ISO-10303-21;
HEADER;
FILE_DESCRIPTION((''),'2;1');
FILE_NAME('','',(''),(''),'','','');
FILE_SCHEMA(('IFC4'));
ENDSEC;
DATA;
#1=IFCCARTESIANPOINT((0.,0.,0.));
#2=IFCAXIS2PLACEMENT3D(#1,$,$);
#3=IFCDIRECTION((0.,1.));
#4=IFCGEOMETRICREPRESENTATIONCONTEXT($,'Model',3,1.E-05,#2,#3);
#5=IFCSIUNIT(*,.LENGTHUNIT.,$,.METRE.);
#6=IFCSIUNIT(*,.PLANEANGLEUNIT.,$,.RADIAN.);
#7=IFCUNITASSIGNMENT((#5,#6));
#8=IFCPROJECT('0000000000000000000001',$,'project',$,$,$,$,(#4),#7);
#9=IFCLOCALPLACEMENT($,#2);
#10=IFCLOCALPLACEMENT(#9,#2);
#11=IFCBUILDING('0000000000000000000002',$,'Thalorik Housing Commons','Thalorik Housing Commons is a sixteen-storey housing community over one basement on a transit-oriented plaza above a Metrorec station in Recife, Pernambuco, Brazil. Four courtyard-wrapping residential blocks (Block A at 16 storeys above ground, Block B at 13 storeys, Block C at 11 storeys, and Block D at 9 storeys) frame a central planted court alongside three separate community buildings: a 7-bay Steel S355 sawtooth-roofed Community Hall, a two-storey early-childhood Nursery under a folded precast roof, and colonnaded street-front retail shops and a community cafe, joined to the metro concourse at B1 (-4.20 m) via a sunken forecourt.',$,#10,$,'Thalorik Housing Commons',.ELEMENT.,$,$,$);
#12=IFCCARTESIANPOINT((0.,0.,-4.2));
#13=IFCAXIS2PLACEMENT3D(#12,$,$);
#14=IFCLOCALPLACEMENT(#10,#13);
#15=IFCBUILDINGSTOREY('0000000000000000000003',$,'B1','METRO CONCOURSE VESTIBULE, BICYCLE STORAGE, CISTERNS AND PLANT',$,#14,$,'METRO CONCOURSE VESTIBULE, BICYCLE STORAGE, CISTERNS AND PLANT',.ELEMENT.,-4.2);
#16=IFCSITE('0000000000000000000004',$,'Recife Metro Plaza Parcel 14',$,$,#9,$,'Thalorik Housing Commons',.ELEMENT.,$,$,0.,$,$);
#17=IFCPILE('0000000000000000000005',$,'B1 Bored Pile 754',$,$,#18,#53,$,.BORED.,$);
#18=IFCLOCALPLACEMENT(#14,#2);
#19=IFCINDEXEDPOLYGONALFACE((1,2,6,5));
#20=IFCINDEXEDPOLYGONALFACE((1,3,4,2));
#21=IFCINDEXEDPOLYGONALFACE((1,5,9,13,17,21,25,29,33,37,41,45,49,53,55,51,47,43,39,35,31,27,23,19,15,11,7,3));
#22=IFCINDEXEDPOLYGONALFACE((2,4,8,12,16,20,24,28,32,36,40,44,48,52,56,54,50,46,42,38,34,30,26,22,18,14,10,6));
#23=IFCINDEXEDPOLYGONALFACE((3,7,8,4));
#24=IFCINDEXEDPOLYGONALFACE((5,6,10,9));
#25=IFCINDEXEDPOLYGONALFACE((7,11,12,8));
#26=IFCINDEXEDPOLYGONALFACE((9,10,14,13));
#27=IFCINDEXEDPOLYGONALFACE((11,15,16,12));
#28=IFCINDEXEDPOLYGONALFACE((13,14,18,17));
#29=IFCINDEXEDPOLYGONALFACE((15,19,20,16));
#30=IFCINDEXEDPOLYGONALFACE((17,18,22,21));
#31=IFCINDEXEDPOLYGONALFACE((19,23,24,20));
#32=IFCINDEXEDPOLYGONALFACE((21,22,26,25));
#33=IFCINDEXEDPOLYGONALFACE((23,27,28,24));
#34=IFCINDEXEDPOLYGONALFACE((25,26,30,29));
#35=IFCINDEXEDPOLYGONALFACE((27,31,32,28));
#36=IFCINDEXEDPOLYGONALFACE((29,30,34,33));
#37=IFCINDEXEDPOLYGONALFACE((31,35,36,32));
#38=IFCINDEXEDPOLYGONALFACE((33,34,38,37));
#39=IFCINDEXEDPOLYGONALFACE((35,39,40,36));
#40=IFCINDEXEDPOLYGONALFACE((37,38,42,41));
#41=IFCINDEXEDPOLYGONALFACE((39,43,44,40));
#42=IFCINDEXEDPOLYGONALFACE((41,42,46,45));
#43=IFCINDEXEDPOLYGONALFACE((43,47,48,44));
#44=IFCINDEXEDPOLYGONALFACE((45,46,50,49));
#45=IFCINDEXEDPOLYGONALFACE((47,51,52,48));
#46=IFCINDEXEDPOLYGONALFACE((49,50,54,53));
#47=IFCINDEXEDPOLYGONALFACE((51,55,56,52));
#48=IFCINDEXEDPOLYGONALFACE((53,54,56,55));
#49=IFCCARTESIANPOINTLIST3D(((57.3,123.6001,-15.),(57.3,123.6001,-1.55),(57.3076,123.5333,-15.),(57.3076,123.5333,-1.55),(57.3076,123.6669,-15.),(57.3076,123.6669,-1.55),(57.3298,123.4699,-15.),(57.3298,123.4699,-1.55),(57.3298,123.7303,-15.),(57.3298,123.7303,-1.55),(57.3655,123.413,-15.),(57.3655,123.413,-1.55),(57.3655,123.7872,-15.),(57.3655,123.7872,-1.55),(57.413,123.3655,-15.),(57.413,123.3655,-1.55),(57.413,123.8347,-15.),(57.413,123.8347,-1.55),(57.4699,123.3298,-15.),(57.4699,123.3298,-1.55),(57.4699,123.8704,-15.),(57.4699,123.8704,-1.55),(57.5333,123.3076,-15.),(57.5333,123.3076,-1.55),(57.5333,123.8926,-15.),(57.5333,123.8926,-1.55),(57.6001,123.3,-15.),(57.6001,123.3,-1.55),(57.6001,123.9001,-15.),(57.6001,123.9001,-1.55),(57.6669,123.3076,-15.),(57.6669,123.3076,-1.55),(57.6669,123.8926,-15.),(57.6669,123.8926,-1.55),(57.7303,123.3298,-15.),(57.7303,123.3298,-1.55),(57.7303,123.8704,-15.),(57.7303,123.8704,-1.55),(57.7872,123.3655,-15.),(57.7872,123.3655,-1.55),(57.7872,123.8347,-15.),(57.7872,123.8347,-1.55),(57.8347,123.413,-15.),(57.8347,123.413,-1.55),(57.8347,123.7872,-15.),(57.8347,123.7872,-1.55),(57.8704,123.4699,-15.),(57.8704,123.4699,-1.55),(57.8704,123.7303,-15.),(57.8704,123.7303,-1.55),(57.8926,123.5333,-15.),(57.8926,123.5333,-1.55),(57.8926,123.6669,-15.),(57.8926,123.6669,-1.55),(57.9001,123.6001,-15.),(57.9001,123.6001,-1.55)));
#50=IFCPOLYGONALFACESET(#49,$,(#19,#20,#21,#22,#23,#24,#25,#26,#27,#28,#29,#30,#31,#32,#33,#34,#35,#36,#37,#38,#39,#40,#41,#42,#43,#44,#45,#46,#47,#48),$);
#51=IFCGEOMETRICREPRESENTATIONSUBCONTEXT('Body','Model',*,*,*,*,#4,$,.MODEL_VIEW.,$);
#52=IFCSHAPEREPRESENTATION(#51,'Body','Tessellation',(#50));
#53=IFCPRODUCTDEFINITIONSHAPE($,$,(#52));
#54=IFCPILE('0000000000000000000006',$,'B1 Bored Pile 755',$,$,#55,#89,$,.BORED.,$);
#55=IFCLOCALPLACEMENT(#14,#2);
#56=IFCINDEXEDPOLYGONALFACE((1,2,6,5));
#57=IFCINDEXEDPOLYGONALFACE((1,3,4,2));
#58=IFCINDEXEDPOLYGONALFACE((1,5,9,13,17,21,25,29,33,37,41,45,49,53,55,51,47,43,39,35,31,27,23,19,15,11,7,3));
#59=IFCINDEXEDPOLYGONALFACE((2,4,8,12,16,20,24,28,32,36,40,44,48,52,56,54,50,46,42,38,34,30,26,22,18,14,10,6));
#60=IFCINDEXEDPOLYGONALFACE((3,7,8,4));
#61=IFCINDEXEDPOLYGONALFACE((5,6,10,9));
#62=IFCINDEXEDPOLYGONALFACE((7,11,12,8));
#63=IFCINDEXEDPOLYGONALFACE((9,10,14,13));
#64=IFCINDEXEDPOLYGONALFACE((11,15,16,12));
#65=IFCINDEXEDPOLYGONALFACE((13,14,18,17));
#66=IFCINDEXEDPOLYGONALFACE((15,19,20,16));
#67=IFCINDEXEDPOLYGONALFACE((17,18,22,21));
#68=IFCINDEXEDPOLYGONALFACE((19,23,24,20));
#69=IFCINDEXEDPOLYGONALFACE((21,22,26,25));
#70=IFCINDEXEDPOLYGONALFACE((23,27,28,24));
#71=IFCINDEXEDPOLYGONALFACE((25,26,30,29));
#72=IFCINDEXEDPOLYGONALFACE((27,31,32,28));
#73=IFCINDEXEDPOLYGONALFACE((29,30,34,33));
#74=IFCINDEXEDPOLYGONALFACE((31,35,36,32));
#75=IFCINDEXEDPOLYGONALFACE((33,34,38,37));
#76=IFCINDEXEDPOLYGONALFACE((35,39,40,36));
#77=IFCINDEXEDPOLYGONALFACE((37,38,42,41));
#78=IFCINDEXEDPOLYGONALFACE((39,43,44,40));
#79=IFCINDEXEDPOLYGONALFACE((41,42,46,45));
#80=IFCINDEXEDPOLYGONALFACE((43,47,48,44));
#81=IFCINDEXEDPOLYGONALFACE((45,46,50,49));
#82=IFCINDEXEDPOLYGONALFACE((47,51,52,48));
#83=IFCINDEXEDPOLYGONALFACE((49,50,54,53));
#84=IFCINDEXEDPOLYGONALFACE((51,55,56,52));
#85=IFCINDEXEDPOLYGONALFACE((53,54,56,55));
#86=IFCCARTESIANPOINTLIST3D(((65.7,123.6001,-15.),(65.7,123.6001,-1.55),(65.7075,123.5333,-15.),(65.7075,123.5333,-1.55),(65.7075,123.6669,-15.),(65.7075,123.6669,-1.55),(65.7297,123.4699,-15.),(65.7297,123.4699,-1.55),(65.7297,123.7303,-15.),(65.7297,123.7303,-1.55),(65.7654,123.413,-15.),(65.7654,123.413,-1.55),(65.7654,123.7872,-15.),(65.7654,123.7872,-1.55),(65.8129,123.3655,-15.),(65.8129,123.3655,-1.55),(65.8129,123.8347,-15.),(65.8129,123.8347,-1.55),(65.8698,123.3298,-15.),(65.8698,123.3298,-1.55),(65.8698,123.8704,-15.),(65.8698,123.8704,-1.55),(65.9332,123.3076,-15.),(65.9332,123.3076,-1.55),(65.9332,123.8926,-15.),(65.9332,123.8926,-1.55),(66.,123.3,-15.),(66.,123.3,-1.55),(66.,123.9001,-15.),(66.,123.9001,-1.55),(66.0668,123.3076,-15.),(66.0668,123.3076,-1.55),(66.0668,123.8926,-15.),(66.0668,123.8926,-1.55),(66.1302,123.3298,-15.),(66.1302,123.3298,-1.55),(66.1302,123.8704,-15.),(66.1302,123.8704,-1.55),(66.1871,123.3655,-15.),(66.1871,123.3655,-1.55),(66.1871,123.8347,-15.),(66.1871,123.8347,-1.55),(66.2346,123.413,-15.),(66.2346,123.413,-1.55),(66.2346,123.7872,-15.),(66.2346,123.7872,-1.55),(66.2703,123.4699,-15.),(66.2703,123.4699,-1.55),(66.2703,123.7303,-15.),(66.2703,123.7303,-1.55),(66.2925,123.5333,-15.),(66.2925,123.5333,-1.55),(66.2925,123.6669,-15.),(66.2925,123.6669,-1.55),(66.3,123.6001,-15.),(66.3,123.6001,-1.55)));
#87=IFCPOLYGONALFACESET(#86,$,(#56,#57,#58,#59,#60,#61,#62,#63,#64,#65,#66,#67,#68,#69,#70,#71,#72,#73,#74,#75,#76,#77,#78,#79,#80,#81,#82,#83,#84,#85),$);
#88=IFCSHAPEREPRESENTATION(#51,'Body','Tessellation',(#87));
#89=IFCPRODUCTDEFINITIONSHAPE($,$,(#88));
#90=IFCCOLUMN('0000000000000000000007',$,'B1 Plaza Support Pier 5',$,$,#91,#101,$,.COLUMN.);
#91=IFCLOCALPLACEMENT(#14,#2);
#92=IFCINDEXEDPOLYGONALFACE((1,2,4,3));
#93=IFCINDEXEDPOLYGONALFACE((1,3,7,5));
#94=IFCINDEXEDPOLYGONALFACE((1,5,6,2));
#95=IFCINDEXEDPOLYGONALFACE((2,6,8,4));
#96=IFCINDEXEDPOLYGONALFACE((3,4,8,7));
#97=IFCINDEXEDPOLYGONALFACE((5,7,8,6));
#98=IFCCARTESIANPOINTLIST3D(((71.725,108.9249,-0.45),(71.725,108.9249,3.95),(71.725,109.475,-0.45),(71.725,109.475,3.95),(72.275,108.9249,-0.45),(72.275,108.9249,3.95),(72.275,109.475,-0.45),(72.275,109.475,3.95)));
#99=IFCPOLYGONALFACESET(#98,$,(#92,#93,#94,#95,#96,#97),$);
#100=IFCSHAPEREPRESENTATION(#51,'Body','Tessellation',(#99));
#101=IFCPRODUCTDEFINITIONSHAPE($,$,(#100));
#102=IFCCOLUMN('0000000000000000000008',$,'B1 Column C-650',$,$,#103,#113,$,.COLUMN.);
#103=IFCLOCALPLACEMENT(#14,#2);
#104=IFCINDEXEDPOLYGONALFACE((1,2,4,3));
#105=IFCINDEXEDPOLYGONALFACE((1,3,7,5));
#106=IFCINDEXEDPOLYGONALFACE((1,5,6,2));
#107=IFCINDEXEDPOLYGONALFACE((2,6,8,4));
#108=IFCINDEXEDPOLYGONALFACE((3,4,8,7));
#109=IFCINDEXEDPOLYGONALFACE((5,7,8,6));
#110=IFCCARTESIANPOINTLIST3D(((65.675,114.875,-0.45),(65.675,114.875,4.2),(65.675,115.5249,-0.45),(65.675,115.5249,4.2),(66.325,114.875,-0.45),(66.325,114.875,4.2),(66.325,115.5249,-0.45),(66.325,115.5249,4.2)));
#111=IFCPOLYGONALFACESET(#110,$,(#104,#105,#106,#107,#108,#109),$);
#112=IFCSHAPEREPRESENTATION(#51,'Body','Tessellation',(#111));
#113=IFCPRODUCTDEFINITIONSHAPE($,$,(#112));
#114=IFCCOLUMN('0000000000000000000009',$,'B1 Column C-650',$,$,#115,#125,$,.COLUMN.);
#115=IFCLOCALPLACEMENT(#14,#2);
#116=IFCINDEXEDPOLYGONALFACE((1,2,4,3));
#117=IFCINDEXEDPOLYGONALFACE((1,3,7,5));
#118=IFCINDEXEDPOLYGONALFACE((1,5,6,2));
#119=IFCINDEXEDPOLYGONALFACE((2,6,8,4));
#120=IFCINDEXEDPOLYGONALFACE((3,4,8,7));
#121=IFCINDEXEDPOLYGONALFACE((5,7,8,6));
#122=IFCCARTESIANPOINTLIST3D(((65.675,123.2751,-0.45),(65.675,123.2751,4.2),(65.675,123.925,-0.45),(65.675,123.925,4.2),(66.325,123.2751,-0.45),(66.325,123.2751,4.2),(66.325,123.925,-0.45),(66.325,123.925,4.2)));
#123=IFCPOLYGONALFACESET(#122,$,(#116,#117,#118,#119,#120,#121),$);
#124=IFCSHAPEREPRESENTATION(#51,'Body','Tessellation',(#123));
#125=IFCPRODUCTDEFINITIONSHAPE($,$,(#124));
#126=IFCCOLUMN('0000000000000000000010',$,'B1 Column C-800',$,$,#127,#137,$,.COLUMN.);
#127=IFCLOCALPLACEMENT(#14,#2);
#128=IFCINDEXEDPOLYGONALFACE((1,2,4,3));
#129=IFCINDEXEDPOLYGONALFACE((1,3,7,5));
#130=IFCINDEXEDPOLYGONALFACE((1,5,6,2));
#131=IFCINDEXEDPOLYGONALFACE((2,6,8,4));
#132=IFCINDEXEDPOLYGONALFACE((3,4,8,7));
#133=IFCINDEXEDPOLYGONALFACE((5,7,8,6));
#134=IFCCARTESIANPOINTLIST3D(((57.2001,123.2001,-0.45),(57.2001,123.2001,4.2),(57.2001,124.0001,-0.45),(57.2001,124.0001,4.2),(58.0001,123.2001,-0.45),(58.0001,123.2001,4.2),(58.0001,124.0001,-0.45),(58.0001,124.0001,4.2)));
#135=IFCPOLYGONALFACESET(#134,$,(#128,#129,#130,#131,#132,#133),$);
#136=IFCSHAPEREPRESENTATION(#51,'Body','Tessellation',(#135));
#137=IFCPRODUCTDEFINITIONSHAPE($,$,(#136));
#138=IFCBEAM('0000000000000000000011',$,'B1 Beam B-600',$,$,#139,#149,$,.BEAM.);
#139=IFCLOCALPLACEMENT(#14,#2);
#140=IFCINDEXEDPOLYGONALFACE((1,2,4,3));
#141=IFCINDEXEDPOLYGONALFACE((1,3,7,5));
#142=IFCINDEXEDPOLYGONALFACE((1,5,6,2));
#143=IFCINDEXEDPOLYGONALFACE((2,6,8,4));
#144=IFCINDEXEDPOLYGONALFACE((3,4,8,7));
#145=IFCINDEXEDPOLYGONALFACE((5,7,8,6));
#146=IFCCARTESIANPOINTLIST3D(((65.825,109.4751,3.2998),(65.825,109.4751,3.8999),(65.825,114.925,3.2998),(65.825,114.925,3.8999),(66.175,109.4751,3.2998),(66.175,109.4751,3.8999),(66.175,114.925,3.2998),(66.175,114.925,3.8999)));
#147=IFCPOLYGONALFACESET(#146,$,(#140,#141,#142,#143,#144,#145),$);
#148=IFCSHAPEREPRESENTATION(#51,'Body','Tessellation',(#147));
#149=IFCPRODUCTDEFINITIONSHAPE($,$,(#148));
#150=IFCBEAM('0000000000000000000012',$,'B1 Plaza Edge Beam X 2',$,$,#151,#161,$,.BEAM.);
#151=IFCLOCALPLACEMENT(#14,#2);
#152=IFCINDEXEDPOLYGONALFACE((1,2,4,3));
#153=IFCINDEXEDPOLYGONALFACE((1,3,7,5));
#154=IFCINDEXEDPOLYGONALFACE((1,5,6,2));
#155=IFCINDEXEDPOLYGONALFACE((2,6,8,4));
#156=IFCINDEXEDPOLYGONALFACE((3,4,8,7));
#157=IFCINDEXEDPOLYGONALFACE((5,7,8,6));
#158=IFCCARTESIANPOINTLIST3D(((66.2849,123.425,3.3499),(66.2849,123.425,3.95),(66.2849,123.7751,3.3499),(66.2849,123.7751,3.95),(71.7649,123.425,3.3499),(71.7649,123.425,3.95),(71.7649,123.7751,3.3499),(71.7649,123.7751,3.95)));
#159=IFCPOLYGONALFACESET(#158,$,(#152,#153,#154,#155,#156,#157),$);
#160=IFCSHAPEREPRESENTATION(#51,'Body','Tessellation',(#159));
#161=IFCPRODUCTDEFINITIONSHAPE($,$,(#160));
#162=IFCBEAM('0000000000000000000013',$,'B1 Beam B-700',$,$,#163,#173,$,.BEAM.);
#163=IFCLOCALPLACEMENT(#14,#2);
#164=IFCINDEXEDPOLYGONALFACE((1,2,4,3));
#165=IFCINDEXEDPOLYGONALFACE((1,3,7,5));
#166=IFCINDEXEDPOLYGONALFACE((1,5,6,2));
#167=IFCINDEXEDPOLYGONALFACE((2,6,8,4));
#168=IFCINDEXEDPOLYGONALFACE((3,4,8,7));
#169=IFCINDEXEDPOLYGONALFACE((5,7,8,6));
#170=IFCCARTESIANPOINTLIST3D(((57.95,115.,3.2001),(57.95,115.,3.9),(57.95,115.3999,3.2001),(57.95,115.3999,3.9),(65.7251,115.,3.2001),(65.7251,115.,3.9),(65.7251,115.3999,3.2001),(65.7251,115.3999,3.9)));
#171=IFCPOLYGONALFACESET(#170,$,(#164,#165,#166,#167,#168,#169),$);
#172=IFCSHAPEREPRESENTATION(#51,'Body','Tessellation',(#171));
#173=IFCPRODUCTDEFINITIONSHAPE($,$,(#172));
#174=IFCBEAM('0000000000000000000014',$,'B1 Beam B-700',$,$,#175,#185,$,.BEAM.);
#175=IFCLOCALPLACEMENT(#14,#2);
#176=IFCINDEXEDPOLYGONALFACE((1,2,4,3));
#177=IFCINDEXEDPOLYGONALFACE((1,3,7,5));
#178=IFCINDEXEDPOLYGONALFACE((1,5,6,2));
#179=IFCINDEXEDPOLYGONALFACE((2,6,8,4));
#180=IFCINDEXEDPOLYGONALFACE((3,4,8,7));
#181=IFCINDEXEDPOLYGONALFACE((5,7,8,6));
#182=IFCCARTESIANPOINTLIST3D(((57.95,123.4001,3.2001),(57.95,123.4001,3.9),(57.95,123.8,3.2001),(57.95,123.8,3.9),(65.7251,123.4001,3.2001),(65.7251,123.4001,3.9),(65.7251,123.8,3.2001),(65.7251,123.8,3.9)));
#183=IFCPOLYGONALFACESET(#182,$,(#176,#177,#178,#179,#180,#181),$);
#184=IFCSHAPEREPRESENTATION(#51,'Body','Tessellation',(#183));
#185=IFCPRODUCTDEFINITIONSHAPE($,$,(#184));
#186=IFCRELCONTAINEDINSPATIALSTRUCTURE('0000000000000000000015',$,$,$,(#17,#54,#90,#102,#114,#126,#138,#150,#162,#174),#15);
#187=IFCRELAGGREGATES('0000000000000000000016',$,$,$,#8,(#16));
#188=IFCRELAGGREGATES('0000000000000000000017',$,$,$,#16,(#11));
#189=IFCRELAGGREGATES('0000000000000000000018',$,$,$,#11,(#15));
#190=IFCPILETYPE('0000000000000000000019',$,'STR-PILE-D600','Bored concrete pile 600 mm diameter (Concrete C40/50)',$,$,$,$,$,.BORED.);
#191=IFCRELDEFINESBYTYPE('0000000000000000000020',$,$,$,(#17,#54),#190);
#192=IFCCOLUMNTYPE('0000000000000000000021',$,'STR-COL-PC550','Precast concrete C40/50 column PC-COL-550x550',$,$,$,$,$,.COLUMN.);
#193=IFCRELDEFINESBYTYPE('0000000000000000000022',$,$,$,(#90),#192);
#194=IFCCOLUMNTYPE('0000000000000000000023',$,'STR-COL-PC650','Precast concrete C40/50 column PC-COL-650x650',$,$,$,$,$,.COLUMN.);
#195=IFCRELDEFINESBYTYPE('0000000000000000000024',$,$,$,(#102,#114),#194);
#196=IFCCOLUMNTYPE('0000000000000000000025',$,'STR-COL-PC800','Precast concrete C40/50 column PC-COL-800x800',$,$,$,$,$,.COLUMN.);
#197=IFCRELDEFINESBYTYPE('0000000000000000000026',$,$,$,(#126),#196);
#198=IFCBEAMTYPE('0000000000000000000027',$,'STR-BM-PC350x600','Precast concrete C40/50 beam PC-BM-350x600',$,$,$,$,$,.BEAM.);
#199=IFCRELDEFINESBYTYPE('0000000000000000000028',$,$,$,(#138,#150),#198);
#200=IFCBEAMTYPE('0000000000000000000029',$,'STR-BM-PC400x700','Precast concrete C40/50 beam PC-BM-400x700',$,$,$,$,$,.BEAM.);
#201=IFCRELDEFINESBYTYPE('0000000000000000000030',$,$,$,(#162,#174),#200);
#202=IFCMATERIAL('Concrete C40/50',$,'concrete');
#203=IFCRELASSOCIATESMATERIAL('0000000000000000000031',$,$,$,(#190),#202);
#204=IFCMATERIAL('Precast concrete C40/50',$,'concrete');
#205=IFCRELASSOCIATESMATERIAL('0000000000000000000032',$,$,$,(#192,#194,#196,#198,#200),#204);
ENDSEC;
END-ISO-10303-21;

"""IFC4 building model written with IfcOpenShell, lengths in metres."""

from ifc_helpers import new_model, si_unit, direction, frame, origin, origin_2d, place, context, subcontext, project, spatial, rectangle, circle, extrude, material, material_profile, profile_set, type_object, element, save


model = new_model("IFC4")

# Units and contexts
model_context = context("Model", 3, precision=1e-05, world=origin(), true_north=direction((0.0, 1.0)))
body_context = subcontext(model_context, "Body", "Model", "MODEL_VIEW")
ifc_project = project(units=[si_unit("LENGTHUNIT", "METRE"), si_unit("PLANEANGLEUNIT", "RADIAN")], contexts=[model_context])

# Site, building, storey
site_placement = place(None, origin())
site = spatial("IfcSite", under=ifc_project, at=site_placement, Name="Recife Metro Plaza Parcel 14", LongName="Thalorik Housing Commons", CompositionType="ELEMENT", RefElevation=0.0)
building_placement = place(site_placement, origin())
building = spatial("IfcBuilding", under=site, at=building_placement, Name="Thalorik Housing Commons", Description="Thalorik Housing Commons is a sixteen-storey housing community over one basement on a transit-oriented plaza above a Metrorec station in Recife, Pernambuco, Brazil. Four courtyard-wrapping residential blocks (Block A at 16 storeys above ground, Block B at 13 storeys, Block C at 11 storeys, and Block D at 9 storeys) frame a central planted court alongside three separate community buildings: a 7-bay Steel S355 sawtooth-roofed Community Hall, a two-storey early-childhood Nursery under a folded precast roof, and colonnaded street-front retail shops and a community cafe, joined to the metro concourse at B1 (-4.20 m) via a sunken forecourt.", LongName="Thalorik Housing Commons", CompositionType="ELEMENT")
storey_placement = place(building_placement, frame((0.0, 0.0, -4.2)))
storey = spatial("IfcBuildingStorey", under=building, at=storey_placement, Name="B1", Description="METRO CONCOURSE VESTIBULE, BICYCLE STORAGE, CISTERNS AND PLANT", LongName="METRO CONCOURSE VESTIBULE, BICYCLE STORAGE, CISTERNS AND PLANT", CompositionType="ELEMENT", Elevation=-4.2)

# Shared definitions
ifc_material_1 = material(Name="Concrete C40/50", Category="concrete")

# Piles
ifc_material_profile_1 = material_profile(ifc_material_1, circle(Radius=0.3, at=origin_2d()), Name="BORED PILE D600", Category="concrete")
ifc_profile_set_1 = profile_set([ifc_material_profile_1], Name="Concrete C40/50")
pile_type = type_object("IfcPileType", Name="STR-PILE-D600", Description="Bored concrete pile 600 mm diameter (Concrete C40/50)", PredefinedType="BORED", material=ifc_profile_set_1)
for number, where, z_axis, x_axis, name in (
    (1, (57.6001, 123.6001, -1.55), (0.0, 0.0, -1.0), (1.0, 0.0, 0.0), "B1 Bored Pile 754"),
    (2, (66.0, 123.6001, -1.55), (0.0, 0.0, -1.0), (1.0, 0.0, 0.0), "B1 Bored Pile 755"),
):
    element("IfcPile", number, at=place(storey_placement, frame(where, z_axis=z_axis, x_axis=x_axis)), inside=storey, type_object=pile_type, Name=name, PredefinedType="BORED", context=body_context, shape_type="SweptSolid", body=[
        extrude(circle(Radius=0.3, at=origin_2d()), origin(), (0.0, 0.0, 1.0), 13.45),
    ])

# Columns
ifc_material_2 = material(Name="Precast concrete C40/50", Category="concrete")
ifc_material_profile_2 = material_profile(ifc_material_2, rectangle(XDim=0.55, YDim=0.55, at=origin_2d()), Name="PC 550x550", Category="concrete")
ifc_profile_set_2 = profile_set([ifc_material_profile_2], Name="Precast concrete C40/50")
column_type_1 = type_object("IfcColumnType", Name="STR-COL-PC550", Description="Precast concrete C40/50 column PC-COL-550x550", PredefinedType="COLUMN", material=ifc_profile_set_2)
column_1_placement = place(storey_placement, frame((72.0, 109.2, -0.45), z_axis=(0.0, 0.0, 1.0), x_axis=(1.0, 0.0, 0.0)))
element("IfcColumn", 3, at=column_1_placement, inside=storey, type_object=column_type_1, Name="B1 Plaza Support Pier 5", PredefinedType="COLUMN", context=body_context, shape_type="SweptSolid", body=[
    extrude(rectangle(XDim=0.55, YDim=0.55, at=origin_2d()), origin(), (0.0, 0.0, 1.0), 4.3999),
])
ifc_material_profile_3 = material_profile(ifc_material_2, rectangle(XDim=0.6499, YDim=0.6499, at=origin_2d()), Name="PC 650x650", Category="concrete")
ifc_profile_set_3 = profile_set([ifc_material_profile_3], Name="Precast concrete C40/50")
column_type_2 = type_object("IfcColumnType", Name="STR-COL-PC650", Description="Precast concrete C40/50 column PC-COL-650x650", PredefinedType="COLUMN", material=ifc_profile_set_3)
for number, where, z_axis, x_axis, name in (
    (4, (66.0, 115.2, -0.45), (0.0, 0.0, 1.0), (1.0, 0.0, 0.0), "B1 Column C-650"),
    (5, (66.0, 123.6001, -0.45), (0.0, 0.0, 1.0), (1.0, 0.0, 0.0), "B1 Column C-650"),
):
    element("IfcColumn", number, at=place(storey_placement, frame(where, z_axis=z_axis, x_axis=x_axis)), inside=storey, type_object=column_type_2, Name=name, PredefinedType="COLUMN", context=body_context, shape_type="SweptSolid", body=[
        extrude(rectangle(XDim=0.6499, YDim=0.6499, at=origin_2d()), origin(), (0.0, 0.0, 1.0), 4.6499),
    ])
ifc_material_profile_4 = material_profile(ifc_material_2, rectangle(XDim=0.8, YDim=0.8, at=origin_2d()), Name="PC 800x800", Category="concrete")
ifc_profile_set_4 = profile_set([ifc_material_profile_4], Name="Precast concrete C40/50")
column_type_3 = type_object("IfcColumnType", Name="STR-COL-PC800", Description="Precast concrete C40/50 column PC-COL-800x800", PredefinedType="COLUMN", material=ifc_profile_set_4)
column_2_placement = place(storey_placement, frame((57.6001, 123.6001, -0.45), z_axis=(0.0, 0.0, 1.0), x_axis=(1.0, 0.0, 0.0)))
element("IfcColumn", 6, at=column_2_placement, inside=storey, type_object=column_type_3, Name="B1 Column C-800", PredefinedType="COLUMN", context=body_context, shape_type="SweptSolid", body=[
    extrude(rectangle(XDim=0.8, YDim=0.8, at=origin_2d()), origin(), (0.0, 0.0, 1.0), 4.6499),
])

# Beams
ifc_material_profile_5 = material_profile(ifc_material_2, rectangle(XDim=0.3501, YDim=0.6001, at=origin_2d()), Name="PC 350x600", Category="concrete")
ifc_profile_set_5 = profile_set([ifc_material_profile_5], Name="Precast concrete C40/50")
beam_type_1 = type_object("IfcBeamType", Name="STR-BM-PC350x600", Description="Precast concrete C40/50 beam PC-BM-350x600", PredefinedType="BEAM", material=ifc_profile_set_5)
beam_1_placement = place(storey_placement, frame((66.0, 109.4751, 3.5999), z_axis=(0.0, 1.0, 0.0), x_axis=(-1.0, 0.0, 0.0)))
element("IfcBeam", 7, at=beam_1_placement, inside=storey, type_object=beam_type_1, Name="B1 Beam B-600", PredefinedType="BEAM", context=body_context, shape_type="SweptSolid", body=[
    extrude(rectangle(XDim=0.3501, YDim=0.6001, at=origin_2d()), origin(), (0.0, 0.0, 1.0), 5.45),
])
beam_2_placement = place(storey_placement, frame((66.2849, 123.6001, 3.6499), z_axis=(1.0, 0.0, 0.0), x_axis=(0.0, 1.0, 0.0)))
element("IfcBeam", 8, at=beam_2_placement, inside=storey, type_object=beam_type_1, Name="B1 Plaza Edge Beam X 2", PredefinedType="BEAM", context=body_context, shape_type="SweptSolid", body=[
    extrude(rectangle(XDim=0.3501, YDim=0.6001, at=origin_2d()), origin(), (0.0, 0.0, 1.0), 5.48),
])
ifc_material_profile_6 = material_profile(ifc_material_2, rectangle(XDim=0.3999, YDim=0.7, at=origin_2d()), Name="PC 400x700", Category="concrete")
ifc_profile_set_6 = profile_set([ifc_material_profile_6], Name="Precast concrete C40/50")
beam_type_2 = type_object("IfcBeamType", Name="STR-BM-PC400x700", Description="Precast concrete C40/50 beam PC-BM-400x700", PredefinedType="BEAM", material=ifc_profile_set_6)
for number, where, z_axis, x_axis, name in (
    (9, (57.95, 115.2, 3.55), (1.0, 0.0, 0.0), (0.0, 1.0, 0.0), "B1 Beam B-700"),
    (10, (57.95, 123.6001, 3.55), (1.0, 0.0, 0.0), (0.0, 1.0, 0.0), "B1 Beam B-700"),
):
    element("IfcBeam", number, at=place(storey_placement, frame(where, z_axis=z_axis, x_axis=x_axis)), inside=storey, type_object=beam_type_2, Name=name, PredefinedType="BEAM", context=body_context, shape_type="SweptSolid", body=[
        extrude(rectangle(XDim=0.3999, YDim=0.7, at=origin_2d()), origin(), (0.0, 0.0, 1.0), 7.7751),
    ])

save(model, "model.ifc")
